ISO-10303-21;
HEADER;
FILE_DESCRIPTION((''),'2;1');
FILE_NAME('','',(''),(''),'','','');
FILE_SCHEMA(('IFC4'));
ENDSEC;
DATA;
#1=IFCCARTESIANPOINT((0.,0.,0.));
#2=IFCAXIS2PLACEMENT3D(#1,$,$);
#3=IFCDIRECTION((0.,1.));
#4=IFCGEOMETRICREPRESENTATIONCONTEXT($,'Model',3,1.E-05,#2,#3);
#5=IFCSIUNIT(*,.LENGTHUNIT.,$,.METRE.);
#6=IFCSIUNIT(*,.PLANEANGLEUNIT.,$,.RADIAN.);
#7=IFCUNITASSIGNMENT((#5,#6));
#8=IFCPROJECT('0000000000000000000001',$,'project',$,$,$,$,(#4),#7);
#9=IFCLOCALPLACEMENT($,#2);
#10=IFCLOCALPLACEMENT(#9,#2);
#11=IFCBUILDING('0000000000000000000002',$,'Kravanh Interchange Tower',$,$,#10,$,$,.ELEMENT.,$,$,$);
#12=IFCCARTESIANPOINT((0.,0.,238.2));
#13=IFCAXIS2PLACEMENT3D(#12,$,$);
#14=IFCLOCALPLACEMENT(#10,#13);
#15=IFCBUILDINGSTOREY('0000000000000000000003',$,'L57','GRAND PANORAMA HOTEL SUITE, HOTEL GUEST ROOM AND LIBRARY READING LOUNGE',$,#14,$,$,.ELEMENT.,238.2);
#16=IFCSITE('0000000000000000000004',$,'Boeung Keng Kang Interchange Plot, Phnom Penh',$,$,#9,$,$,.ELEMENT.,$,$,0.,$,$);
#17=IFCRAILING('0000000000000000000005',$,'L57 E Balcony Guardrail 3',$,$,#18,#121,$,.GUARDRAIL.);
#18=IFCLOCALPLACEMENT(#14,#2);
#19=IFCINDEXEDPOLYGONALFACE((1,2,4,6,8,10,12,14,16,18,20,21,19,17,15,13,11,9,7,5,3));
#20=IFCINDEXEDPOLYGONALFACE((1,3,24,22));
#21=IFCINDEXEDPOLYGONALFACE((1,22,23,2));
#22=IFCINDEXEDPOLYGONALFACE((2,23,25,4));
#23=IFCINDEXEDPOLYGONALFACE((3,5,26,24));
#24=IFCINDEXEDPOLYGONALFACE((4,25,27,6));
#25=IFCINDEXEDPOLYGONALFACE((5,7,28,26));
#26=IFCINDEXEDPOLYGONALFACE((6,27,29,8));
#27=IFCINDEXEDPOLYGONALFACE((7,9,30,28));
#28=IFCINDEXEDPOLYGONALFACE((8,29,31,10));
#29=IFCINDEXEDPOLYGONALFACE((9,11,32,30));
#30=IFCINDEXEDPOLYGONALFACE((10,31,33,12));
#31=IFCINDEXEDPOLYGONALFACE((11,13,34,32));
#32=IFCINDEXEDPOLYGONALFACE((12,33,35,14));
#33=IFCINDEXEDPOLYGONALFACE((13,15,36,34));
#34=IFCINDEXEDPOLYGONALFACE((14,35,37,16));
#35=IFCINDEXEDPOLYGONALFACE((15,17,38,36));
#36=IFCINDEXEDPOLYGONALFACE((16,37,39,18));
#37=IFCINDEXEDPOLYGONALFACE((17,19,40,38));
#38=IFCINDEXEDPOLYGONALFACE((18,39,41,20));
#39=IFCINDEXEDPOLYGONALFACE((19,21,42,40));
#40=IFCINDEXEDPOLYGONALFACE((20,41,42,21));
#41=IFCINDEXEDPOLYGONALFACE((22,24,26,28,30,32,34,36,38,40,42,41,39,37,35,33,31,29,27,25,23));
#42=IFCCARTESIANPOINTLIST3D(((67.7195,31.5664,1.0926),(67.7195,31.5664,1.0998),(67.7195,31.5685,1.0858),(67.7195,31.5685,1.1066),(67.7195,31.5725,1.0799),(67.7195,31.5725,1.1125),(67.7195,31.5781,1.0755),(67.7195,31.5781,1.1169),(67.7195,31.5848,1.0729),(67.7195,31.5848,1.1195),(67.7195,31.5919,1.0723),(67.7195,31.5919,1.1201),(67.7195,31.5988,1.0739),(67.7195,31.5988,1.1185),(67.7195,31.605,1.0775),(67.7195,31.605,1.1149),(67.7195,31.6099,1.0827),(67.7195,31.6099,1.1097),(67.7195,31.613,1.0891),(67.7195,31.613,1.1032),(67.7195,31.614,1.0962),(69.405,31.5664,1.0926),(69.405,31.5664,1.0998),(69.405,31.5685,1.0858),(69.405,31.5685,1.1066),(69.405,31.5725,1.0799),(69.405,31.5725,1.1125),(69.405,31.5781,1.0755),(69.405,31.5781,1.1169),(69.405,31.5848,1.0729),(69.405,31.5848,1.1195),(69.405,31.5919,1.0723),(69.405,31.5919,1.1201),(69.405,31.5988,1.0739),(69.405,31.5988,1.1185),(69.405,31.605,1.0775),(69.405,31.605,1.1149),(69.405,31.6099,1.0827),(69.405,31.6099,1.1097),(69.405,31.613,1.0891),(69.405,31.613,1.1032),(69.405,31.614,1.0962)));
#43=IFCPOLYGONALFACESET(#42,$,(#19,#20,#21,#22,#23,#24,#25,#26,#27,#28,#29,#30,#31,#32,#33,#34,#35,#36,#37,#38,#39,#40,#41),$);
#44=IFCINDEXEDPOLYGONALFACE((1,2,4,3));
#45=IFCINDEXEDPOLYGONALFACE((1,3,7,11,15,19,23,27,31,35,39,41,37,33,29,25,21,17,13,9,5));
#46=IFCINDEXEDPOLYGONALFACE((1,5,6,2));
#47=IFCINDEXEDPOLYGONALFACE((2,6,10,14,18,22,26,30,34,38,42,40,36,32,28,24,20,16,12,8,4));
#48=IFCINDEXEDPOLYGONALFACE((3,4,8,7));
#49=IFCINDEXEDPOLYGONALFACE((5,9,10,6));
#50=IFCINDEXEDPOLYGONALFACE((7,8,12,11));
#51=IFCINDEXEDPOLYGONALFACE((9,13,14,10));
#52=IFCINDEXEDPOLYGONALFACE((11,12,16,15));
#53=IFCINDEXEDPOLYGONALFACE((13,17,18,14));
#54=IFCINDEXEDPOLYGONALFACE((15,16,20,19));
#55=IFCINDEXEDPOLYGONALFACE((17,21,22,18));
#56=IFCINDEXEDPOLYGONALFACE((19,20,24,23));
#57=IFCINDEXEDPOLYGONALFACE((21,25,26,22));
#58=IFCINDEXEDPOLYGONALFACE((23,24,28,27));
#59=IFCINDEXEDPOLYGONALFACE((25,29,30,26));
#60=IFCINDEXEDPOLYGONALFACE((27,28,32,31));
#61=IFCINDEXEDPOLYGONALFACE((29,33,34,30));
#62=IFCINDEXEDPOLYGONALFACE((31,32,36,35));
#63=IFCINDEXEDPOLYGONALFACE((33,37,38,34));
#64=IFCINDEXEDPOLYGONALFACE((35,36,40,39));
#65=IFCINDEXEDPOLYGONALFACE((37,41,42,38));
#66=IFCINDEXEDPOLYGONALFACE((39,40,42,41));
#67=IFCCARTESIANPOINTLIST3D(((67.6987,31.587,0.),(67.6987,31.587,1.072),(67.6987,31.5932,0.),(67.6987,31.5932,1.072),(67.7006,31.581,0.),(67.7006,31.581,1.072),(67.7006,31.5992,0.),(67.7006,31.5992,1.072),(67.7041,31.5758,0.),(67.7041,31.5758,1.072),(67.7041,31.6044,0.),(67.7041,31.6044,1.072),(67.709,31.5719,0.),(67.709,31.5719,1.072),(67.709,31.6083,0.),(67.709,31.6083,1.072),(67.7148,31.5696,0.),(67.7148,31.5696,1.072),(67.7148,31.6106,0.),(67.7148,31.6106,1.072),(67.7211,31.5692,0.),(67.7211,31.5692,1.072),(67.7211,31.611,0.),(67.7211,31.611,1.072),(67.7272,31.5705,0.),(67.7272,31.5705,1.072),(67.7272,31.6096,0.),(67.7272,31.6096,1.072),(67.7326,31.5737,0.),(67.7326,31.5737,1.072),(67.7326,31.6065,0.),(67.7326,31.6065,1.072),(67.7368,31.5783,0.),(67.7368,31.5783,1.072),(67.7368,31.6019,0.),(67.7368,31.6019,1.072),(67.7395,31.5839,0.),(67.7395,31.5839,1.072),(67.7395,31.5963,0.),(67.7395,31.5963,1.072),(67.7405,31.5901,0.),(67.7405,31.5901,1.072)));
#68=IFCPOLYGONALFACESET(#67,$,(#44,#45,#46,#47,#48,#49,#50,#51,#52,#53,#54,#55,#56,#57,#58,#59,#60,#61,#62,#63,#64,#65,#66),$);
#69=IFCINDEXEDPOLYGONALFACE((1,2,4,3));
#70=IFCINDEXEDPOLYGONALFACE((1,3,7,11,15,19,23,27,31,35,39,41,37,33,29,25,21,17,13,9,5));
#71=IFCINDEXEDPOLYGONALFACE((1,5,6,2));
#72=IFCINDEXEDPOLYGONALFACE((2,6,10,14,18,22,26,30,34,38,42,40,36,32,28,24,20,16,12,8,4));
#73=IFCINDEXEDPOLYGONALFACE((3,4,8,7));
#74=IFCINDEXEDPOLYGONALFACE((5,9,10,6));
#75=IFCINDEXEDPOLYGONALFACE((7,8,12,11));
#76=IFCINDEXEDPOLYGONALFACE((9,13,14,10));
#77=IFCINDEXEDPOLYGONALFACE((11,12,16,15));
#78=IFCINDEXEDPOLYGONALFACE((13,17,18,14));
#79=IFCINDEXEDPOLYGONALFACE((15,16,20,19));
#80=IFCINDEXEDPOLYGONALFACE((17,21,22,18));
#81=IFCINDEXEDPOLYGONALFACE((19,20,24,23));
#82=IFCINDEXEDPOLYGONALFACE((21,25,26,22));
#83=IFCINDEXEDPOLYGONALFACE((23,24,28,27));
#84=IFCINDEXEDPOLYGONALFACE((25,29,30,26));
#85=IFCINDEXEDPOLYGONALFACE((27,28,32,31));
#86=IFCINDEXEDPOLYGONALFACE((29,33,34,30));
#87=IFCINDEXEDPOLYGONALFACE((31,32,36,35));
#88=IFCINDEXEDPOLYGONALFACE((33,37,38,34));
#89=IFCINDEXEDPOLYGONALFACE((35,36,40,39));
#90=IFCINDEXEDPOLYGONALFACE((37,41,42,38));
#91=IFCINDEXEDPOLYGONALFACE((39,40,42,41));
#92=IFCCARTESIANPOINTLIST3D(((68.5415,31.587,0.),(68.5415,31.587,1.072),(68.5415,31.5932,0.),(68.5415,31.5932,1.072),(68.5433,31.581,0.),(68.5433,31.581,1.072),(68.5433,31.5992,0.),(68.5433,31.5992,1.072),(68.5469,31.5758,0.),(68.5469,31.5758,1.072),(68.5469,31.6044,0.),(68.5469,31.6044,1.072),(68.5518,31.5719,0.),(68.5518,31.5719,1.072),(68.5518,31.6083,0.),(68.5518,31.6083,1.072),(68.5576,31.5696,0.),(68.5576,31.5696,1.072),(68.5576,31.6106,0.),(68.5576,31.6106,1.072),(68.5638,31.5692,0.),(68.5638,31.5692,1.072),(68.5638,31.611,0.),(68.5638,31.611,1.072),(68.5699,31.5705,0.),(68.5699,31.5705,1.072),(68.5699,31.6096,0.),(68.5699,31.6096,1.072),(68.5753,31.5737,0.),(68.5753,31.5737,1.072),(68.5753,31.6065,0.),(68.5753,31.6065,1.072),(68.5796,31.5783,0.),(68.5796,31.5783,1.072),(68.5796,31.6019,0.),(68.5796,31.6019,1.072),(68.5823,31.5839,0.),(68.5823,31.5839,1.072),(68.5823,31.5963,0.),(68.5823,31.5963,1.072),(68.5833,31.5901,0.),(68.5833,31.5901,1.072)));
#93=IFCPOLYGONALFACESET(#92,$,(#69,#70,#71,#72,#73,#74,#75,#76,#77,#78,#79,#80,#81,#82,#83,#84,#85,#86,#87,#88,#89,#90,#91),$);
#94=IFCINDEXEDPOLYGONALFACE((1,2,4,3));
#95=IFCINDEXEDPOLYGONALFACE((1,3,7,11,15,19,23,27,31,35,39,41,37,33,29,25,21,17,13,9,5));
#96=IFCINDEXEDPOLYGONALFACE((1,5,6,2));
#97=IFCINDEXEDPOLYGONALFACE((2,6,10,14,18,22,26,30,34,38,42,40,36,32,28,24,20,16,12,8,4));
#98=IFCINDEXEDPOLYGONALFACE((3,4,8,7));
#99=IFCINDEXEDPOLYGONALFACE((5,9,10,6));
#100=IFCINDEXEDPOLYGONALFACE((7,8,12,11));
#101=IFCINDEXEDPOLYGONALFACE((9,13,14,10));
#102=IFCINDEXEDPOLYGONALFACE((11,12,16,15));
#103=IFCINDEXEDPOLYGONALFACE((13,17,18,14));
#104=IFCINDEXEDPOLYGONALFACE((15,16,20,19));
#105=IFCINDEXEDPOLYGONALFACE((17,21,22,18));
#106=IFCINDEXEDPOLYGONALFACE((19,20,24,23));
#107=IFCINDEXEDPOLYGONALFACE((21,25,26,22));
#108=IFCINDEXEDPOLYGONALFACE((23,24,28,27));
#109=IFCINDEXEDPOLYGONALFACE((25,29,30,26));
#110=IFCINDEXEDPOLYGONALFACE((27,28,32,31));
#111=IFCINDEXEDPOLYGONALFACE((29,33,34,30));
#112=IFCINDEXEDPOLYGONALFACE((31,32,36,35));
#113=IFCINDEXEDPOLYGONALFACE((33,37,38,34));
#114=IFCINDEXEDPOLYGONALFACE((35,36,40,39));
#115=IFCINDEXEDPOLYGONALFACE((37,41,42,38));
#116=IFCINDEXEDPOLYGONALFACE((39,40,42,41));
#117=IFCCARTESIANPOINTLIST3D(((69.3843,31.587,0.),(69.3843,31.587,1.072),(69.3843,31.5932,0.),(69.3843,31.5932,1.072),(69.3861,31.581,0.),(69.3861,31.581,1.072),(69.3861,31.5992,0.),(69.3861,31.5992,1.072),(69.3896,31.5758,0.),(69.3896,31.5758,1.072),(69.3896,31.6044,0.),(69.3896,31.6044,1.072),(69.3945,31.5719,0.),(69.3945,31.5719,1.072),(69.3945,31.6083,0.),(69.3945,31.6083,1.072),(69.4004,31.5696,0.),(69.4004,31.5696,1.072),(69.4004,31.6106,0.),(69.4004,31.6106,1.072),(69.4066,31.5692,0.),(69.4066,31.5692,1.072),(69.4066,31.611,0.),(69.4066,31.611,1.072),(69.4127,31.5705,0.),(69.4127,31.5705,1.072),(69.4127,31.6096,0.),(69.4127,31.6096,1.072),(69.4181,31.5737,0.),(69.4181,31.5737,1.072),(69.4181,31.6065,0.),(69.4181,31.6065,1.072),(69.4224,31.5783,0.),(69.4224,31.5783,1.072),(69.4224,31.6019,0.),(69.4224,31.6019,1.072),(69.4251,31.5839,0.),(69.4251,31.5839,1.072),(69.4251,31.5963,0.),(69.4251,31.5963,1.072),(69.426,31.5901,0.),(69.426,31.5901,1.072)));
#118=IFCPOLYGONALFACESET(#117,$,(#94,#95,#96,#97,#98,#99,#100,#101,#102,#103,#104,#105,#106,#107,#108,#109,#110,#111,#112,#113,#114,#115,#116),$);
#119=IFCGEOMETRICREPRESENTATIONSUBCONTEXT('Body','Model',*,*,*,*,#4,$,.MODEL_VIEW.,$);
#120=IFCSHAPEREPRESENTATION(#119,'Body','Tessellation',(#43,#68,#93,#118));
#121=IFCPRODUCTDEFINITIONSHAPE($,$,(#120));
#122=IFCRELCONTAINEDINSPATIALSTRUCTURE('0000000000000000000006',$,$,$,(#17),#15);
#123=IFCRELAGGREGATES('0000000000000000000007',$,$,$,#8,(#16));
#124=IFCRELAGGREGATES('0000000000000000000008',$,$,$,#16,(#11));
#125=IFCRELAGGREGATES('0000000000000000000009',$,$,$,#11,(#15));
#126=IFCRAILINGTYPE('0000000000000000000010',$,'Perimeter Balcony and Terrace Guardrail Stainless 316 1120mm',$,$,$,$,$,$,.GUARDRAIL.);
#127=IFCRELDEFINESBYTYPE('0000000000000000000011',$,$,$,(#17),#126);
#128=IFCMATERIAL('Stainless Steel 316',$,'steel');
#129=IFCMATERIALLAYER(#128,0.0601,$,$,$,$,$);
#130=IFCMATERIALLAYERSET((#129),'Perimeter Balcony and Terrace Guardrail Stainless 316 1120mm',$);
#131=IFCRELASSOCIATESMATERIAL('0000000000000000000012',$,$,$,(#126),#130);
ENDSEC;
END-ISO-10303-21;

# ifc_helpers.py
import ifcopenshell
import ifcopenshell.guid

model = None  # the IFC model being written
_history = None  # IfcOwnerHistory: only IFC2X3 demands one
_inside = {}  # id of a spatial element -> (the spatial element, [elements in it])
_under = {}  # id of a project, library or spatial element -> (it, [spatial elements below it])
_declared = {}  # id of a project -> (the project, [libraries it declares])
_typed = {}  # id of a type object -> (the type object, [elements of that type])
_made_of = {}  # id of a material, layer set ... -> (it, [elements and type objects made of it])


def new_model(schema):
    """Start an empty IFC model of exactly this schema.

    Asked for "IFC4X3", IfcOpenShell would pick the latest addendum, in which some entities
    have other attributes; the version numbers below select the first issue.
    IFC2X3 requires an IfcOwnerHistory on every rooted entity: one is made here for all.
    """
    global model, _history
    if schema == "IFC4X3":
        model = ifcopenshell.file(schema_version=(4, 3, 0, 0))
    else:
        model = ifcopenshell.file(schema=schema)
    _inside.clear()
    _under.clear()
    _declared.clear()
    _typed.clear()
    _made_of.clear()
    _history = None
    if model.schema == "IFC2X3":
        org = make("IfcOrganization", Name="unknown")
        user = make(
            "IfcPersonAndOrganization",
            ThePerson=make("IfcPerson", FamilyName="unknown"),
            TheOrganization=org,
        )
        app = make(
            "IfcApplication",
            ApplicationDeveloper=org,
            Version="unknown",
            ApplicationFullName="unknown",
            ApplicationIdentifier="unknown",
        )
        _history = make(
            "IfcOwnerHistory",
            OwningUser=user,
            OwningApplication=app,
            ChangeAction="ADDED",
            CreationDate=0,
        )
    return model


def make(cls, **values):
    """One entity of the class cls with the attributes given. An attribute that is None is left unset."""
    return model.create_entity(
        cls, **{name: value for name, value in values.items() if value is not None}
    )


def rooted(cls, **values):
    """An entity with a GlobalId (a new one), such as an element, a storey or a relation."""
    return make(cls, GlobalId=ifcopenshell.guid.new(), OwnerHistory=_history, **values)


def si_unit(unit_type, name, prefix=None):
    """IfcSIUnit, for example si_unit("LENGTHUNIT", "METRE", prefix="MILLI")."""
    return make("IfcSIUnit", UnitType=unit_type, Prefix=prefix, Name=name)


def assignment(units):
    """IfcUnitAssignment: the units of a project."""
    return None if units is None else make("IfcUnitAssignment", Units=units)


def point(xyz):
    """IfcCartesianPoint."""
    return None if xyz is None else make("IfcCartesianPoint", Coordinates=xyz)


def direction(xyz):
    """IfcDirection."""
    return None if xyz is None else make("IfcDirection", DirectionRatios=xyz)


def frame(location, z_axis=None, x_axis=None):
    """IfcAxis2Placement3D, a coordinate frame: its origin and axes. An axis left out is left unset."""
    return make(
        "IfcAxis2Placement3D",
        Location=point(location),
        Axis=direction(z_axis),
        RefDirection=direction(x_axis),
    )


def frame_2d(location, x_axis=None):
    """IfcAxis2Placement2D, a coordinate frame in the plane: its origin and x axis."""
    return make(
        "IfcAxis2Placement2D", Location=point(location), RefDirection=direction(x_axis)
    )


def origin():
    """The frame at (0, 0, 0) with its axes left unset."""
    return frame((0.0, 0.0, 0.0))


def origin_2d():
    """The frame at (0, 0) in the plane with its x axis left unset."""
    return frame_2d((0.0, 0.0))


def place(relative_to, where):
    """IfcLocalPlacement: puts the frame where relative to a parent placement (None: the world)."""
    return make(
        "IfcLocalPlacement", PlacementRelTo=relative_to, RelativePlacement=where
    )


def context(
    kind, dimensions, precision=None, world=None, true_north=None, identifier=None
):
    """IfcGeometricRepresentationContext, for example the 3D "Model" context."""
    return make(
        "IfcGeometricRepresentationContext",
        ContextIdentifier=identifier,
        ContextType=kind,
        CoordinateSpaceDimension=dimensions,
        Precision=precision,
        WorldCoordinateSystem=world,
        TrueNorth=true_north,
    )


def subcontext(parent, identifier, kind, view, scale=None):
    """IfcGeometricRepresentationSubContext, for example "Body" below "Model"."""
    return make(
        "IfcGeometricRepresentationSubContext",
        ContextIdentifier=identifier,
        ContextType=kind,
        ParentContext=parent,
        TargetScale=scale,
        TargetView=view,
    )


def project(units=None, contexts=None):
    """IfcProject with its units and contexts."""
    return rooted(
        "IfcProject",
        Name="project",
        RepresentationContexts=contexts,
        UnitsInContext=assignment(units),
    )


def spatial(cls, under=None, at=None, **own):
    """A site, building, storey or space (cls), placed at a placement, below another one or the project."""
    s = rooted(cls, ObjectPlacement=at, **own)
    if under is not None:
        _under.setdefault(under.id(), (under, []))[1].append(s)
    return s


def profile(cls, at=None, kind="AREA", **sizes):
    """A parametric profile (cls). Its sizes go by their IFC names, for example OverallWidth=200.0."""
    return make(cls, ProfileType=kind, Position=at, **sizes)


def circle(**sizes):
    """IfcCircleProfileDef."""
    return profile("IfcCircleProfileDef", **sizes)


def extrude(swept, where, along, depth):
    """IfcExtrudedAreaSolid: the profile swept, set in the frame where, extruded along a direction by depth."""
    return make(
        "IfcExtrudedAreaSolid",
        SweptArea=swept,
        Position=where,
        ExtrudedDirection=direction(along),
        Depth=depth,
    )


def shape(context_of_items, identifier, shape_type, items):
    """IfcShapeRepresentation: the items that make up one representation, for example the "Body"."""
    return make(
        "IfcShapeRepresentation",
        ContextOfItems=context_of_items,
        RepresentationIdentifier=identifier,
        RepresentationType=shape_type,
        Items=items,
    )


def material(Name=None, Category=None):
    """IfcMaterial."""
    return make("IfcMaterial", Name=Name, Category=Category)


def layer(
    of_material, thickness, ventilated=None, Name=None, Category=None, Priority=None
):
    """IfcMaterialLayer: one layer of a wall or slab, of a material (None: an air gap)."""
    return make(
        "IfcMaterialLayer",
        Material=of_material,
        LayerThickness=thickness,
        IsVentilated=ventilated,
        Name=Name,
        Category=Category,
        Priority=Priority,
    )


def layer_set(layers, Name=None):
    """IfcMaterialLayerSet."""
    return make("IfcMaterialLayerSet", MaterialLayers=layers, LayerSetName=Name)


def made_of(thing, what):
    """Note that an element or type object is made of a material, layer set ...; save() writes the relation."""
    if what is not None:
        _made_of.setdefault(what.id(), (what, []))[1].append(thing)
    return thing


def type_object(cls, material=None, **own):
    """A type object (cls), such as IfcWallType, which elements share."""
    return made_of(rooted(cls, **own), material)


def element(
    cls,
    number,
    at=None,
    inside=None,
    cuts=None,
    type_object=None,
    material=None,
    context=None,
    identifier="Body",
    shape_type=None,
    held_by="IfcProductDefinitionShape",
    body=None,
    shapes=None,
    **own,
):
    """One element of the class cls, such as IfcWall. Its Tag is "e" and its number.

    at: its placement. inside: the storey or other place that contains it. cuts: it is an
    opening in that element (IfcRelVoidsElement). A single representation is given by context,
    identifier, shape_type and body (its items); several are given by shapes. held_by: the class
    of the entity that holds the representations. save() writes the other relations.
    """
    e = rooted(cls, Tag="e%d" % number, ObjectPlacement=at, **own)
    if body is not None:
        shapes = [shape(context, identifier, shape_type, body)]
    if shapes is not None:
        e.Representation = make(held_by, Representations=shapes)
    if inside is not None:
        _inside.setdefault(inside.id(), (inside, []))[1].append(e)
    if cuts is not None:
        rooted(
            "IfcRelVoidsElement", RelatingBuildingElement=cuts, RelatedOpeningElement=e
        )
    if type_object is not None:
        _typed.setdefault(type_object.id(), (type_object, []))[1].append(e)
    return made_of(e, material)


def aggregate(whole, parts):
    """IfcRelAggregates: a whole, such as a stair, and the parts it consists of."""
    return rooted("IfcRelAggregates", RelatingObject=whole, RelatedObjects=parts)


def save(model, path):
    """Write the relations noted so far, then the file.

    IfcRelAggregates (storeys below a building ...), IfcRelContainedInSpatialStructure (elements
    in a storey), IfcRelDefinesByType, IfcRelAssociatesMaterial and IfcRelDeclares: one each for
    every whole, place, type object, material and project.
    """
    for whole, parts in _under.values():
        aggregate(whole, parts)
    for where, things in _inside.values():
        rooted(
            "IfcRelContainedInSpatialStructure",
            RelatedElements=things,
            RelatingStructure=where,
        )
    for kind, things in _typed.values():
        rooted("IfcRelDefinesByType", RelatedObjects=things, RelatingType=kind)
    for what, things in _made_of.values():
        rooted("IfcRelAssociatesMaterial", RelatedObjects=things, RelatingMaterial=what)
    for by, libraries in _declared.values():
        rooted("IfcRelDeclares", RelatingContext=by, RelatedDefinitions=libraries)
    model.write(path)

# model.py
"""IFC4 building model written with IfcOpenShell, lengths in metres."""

from ifc_helpers import new_model, si_unit, direction, frame, origin, origin_2d, place, context, subcontext, project, spatial, circle, extrude, material, layer, layer_set, type_object, element, save


model = new_model("IFC4")

# Units and contexts
model_context = context("Model", 3, precision=1e-05, world=origin(), true_north=direction((0.0, 1.0)))
body_context = subcontext(model_context, "Body", "Model", "MODEL_VIEW")
ifc_project = project(units=[si_unit("LENGTHUNIT", "METRE"), si_unit("PLANEANGLEUNIT", "RADIAN")], contexts=[model_context])

# Site, building, storey
site_placement = place(None, origin())
site = spatial("IfcSite", under=ifc_project, at=site_placement, Name="Boeung Keng Kang Interchange Plot, Phnom Penh", CompositionType="ELEMENT", RefElevation=0.0)
building_placement = place(site_placement, origin())
building = spatial("IfcBuilding", under=site, at=building_placement, Name="Kravanh Interchange Tower", CompositionType="ELEMENT")
storey_placement = place(building_placement, frame((0.0, 0.0, 238.2)))
storey = spatial("IfcBuildingStorey", under=building, at=storey_placement, Name="L57", Description="GRAND PANORAMA HOTEL SUITE, HOTEL GUEST ROOM AND LIBRARY READING LOUNGE", CompositionType="ELEMENT", Elevation=238.2)

# Railing
ifc_material_1 = material(Name="Stainless Steel 316", Category="steel")
ifc_layer_1 = layer(ifc_material_1, 0.0601)
ifc_layer_set_1 = layer_set([ifc_layer_1], Name="Perimeter Balcony and Terrace Guardrail Stainless 316 1120mm")
railing_type = type_object("IfcRailingType", Name="Perimeter Balcony and Terrace Guardrail Stainless 316 1120mm", PredefinedType="GUARDRAIL", material=ifc_layer_set_1)
railing_1_placement = place(storey_placement, frame((67.7195, 31.5901, 0.0)))
element("IfcRailing", 1, at=railing_1_placement, inside=storey, type_object=railing_type, Name="L57 E Balcony Guardrail 3", PredefinedType="GUARDRAIL", context=body_context, shape_type="SweptSolid", body=[
    extrude(circle(Radius=0.0239, at=origin_2d()), frame((0.0, 0.0, 1.0962), z_axis=(1.0, 0.0, 0.0), x_axis=(0.0, 1.0, 0.0)), (0.0, 0.0, 1.0), 1.6855),
    extrude(circle(Radius=0.021, at=origin_2d()), origin(), (0.0, 0.0, 1.0), 1.072),
    extrude(circle(Radius=0.021, at=origin_2d()), frame((0.8428, 0.0, 0.0)), (0.0, 0.0, 1.0), 1.072),
    extrude(circle(Radius=0.021, at=origin_2d()), frame((1.6855, 0.0, 0.0)), (0.0, 0.0, 1.0), 1.072),
])

save(model, "model.ifc")
